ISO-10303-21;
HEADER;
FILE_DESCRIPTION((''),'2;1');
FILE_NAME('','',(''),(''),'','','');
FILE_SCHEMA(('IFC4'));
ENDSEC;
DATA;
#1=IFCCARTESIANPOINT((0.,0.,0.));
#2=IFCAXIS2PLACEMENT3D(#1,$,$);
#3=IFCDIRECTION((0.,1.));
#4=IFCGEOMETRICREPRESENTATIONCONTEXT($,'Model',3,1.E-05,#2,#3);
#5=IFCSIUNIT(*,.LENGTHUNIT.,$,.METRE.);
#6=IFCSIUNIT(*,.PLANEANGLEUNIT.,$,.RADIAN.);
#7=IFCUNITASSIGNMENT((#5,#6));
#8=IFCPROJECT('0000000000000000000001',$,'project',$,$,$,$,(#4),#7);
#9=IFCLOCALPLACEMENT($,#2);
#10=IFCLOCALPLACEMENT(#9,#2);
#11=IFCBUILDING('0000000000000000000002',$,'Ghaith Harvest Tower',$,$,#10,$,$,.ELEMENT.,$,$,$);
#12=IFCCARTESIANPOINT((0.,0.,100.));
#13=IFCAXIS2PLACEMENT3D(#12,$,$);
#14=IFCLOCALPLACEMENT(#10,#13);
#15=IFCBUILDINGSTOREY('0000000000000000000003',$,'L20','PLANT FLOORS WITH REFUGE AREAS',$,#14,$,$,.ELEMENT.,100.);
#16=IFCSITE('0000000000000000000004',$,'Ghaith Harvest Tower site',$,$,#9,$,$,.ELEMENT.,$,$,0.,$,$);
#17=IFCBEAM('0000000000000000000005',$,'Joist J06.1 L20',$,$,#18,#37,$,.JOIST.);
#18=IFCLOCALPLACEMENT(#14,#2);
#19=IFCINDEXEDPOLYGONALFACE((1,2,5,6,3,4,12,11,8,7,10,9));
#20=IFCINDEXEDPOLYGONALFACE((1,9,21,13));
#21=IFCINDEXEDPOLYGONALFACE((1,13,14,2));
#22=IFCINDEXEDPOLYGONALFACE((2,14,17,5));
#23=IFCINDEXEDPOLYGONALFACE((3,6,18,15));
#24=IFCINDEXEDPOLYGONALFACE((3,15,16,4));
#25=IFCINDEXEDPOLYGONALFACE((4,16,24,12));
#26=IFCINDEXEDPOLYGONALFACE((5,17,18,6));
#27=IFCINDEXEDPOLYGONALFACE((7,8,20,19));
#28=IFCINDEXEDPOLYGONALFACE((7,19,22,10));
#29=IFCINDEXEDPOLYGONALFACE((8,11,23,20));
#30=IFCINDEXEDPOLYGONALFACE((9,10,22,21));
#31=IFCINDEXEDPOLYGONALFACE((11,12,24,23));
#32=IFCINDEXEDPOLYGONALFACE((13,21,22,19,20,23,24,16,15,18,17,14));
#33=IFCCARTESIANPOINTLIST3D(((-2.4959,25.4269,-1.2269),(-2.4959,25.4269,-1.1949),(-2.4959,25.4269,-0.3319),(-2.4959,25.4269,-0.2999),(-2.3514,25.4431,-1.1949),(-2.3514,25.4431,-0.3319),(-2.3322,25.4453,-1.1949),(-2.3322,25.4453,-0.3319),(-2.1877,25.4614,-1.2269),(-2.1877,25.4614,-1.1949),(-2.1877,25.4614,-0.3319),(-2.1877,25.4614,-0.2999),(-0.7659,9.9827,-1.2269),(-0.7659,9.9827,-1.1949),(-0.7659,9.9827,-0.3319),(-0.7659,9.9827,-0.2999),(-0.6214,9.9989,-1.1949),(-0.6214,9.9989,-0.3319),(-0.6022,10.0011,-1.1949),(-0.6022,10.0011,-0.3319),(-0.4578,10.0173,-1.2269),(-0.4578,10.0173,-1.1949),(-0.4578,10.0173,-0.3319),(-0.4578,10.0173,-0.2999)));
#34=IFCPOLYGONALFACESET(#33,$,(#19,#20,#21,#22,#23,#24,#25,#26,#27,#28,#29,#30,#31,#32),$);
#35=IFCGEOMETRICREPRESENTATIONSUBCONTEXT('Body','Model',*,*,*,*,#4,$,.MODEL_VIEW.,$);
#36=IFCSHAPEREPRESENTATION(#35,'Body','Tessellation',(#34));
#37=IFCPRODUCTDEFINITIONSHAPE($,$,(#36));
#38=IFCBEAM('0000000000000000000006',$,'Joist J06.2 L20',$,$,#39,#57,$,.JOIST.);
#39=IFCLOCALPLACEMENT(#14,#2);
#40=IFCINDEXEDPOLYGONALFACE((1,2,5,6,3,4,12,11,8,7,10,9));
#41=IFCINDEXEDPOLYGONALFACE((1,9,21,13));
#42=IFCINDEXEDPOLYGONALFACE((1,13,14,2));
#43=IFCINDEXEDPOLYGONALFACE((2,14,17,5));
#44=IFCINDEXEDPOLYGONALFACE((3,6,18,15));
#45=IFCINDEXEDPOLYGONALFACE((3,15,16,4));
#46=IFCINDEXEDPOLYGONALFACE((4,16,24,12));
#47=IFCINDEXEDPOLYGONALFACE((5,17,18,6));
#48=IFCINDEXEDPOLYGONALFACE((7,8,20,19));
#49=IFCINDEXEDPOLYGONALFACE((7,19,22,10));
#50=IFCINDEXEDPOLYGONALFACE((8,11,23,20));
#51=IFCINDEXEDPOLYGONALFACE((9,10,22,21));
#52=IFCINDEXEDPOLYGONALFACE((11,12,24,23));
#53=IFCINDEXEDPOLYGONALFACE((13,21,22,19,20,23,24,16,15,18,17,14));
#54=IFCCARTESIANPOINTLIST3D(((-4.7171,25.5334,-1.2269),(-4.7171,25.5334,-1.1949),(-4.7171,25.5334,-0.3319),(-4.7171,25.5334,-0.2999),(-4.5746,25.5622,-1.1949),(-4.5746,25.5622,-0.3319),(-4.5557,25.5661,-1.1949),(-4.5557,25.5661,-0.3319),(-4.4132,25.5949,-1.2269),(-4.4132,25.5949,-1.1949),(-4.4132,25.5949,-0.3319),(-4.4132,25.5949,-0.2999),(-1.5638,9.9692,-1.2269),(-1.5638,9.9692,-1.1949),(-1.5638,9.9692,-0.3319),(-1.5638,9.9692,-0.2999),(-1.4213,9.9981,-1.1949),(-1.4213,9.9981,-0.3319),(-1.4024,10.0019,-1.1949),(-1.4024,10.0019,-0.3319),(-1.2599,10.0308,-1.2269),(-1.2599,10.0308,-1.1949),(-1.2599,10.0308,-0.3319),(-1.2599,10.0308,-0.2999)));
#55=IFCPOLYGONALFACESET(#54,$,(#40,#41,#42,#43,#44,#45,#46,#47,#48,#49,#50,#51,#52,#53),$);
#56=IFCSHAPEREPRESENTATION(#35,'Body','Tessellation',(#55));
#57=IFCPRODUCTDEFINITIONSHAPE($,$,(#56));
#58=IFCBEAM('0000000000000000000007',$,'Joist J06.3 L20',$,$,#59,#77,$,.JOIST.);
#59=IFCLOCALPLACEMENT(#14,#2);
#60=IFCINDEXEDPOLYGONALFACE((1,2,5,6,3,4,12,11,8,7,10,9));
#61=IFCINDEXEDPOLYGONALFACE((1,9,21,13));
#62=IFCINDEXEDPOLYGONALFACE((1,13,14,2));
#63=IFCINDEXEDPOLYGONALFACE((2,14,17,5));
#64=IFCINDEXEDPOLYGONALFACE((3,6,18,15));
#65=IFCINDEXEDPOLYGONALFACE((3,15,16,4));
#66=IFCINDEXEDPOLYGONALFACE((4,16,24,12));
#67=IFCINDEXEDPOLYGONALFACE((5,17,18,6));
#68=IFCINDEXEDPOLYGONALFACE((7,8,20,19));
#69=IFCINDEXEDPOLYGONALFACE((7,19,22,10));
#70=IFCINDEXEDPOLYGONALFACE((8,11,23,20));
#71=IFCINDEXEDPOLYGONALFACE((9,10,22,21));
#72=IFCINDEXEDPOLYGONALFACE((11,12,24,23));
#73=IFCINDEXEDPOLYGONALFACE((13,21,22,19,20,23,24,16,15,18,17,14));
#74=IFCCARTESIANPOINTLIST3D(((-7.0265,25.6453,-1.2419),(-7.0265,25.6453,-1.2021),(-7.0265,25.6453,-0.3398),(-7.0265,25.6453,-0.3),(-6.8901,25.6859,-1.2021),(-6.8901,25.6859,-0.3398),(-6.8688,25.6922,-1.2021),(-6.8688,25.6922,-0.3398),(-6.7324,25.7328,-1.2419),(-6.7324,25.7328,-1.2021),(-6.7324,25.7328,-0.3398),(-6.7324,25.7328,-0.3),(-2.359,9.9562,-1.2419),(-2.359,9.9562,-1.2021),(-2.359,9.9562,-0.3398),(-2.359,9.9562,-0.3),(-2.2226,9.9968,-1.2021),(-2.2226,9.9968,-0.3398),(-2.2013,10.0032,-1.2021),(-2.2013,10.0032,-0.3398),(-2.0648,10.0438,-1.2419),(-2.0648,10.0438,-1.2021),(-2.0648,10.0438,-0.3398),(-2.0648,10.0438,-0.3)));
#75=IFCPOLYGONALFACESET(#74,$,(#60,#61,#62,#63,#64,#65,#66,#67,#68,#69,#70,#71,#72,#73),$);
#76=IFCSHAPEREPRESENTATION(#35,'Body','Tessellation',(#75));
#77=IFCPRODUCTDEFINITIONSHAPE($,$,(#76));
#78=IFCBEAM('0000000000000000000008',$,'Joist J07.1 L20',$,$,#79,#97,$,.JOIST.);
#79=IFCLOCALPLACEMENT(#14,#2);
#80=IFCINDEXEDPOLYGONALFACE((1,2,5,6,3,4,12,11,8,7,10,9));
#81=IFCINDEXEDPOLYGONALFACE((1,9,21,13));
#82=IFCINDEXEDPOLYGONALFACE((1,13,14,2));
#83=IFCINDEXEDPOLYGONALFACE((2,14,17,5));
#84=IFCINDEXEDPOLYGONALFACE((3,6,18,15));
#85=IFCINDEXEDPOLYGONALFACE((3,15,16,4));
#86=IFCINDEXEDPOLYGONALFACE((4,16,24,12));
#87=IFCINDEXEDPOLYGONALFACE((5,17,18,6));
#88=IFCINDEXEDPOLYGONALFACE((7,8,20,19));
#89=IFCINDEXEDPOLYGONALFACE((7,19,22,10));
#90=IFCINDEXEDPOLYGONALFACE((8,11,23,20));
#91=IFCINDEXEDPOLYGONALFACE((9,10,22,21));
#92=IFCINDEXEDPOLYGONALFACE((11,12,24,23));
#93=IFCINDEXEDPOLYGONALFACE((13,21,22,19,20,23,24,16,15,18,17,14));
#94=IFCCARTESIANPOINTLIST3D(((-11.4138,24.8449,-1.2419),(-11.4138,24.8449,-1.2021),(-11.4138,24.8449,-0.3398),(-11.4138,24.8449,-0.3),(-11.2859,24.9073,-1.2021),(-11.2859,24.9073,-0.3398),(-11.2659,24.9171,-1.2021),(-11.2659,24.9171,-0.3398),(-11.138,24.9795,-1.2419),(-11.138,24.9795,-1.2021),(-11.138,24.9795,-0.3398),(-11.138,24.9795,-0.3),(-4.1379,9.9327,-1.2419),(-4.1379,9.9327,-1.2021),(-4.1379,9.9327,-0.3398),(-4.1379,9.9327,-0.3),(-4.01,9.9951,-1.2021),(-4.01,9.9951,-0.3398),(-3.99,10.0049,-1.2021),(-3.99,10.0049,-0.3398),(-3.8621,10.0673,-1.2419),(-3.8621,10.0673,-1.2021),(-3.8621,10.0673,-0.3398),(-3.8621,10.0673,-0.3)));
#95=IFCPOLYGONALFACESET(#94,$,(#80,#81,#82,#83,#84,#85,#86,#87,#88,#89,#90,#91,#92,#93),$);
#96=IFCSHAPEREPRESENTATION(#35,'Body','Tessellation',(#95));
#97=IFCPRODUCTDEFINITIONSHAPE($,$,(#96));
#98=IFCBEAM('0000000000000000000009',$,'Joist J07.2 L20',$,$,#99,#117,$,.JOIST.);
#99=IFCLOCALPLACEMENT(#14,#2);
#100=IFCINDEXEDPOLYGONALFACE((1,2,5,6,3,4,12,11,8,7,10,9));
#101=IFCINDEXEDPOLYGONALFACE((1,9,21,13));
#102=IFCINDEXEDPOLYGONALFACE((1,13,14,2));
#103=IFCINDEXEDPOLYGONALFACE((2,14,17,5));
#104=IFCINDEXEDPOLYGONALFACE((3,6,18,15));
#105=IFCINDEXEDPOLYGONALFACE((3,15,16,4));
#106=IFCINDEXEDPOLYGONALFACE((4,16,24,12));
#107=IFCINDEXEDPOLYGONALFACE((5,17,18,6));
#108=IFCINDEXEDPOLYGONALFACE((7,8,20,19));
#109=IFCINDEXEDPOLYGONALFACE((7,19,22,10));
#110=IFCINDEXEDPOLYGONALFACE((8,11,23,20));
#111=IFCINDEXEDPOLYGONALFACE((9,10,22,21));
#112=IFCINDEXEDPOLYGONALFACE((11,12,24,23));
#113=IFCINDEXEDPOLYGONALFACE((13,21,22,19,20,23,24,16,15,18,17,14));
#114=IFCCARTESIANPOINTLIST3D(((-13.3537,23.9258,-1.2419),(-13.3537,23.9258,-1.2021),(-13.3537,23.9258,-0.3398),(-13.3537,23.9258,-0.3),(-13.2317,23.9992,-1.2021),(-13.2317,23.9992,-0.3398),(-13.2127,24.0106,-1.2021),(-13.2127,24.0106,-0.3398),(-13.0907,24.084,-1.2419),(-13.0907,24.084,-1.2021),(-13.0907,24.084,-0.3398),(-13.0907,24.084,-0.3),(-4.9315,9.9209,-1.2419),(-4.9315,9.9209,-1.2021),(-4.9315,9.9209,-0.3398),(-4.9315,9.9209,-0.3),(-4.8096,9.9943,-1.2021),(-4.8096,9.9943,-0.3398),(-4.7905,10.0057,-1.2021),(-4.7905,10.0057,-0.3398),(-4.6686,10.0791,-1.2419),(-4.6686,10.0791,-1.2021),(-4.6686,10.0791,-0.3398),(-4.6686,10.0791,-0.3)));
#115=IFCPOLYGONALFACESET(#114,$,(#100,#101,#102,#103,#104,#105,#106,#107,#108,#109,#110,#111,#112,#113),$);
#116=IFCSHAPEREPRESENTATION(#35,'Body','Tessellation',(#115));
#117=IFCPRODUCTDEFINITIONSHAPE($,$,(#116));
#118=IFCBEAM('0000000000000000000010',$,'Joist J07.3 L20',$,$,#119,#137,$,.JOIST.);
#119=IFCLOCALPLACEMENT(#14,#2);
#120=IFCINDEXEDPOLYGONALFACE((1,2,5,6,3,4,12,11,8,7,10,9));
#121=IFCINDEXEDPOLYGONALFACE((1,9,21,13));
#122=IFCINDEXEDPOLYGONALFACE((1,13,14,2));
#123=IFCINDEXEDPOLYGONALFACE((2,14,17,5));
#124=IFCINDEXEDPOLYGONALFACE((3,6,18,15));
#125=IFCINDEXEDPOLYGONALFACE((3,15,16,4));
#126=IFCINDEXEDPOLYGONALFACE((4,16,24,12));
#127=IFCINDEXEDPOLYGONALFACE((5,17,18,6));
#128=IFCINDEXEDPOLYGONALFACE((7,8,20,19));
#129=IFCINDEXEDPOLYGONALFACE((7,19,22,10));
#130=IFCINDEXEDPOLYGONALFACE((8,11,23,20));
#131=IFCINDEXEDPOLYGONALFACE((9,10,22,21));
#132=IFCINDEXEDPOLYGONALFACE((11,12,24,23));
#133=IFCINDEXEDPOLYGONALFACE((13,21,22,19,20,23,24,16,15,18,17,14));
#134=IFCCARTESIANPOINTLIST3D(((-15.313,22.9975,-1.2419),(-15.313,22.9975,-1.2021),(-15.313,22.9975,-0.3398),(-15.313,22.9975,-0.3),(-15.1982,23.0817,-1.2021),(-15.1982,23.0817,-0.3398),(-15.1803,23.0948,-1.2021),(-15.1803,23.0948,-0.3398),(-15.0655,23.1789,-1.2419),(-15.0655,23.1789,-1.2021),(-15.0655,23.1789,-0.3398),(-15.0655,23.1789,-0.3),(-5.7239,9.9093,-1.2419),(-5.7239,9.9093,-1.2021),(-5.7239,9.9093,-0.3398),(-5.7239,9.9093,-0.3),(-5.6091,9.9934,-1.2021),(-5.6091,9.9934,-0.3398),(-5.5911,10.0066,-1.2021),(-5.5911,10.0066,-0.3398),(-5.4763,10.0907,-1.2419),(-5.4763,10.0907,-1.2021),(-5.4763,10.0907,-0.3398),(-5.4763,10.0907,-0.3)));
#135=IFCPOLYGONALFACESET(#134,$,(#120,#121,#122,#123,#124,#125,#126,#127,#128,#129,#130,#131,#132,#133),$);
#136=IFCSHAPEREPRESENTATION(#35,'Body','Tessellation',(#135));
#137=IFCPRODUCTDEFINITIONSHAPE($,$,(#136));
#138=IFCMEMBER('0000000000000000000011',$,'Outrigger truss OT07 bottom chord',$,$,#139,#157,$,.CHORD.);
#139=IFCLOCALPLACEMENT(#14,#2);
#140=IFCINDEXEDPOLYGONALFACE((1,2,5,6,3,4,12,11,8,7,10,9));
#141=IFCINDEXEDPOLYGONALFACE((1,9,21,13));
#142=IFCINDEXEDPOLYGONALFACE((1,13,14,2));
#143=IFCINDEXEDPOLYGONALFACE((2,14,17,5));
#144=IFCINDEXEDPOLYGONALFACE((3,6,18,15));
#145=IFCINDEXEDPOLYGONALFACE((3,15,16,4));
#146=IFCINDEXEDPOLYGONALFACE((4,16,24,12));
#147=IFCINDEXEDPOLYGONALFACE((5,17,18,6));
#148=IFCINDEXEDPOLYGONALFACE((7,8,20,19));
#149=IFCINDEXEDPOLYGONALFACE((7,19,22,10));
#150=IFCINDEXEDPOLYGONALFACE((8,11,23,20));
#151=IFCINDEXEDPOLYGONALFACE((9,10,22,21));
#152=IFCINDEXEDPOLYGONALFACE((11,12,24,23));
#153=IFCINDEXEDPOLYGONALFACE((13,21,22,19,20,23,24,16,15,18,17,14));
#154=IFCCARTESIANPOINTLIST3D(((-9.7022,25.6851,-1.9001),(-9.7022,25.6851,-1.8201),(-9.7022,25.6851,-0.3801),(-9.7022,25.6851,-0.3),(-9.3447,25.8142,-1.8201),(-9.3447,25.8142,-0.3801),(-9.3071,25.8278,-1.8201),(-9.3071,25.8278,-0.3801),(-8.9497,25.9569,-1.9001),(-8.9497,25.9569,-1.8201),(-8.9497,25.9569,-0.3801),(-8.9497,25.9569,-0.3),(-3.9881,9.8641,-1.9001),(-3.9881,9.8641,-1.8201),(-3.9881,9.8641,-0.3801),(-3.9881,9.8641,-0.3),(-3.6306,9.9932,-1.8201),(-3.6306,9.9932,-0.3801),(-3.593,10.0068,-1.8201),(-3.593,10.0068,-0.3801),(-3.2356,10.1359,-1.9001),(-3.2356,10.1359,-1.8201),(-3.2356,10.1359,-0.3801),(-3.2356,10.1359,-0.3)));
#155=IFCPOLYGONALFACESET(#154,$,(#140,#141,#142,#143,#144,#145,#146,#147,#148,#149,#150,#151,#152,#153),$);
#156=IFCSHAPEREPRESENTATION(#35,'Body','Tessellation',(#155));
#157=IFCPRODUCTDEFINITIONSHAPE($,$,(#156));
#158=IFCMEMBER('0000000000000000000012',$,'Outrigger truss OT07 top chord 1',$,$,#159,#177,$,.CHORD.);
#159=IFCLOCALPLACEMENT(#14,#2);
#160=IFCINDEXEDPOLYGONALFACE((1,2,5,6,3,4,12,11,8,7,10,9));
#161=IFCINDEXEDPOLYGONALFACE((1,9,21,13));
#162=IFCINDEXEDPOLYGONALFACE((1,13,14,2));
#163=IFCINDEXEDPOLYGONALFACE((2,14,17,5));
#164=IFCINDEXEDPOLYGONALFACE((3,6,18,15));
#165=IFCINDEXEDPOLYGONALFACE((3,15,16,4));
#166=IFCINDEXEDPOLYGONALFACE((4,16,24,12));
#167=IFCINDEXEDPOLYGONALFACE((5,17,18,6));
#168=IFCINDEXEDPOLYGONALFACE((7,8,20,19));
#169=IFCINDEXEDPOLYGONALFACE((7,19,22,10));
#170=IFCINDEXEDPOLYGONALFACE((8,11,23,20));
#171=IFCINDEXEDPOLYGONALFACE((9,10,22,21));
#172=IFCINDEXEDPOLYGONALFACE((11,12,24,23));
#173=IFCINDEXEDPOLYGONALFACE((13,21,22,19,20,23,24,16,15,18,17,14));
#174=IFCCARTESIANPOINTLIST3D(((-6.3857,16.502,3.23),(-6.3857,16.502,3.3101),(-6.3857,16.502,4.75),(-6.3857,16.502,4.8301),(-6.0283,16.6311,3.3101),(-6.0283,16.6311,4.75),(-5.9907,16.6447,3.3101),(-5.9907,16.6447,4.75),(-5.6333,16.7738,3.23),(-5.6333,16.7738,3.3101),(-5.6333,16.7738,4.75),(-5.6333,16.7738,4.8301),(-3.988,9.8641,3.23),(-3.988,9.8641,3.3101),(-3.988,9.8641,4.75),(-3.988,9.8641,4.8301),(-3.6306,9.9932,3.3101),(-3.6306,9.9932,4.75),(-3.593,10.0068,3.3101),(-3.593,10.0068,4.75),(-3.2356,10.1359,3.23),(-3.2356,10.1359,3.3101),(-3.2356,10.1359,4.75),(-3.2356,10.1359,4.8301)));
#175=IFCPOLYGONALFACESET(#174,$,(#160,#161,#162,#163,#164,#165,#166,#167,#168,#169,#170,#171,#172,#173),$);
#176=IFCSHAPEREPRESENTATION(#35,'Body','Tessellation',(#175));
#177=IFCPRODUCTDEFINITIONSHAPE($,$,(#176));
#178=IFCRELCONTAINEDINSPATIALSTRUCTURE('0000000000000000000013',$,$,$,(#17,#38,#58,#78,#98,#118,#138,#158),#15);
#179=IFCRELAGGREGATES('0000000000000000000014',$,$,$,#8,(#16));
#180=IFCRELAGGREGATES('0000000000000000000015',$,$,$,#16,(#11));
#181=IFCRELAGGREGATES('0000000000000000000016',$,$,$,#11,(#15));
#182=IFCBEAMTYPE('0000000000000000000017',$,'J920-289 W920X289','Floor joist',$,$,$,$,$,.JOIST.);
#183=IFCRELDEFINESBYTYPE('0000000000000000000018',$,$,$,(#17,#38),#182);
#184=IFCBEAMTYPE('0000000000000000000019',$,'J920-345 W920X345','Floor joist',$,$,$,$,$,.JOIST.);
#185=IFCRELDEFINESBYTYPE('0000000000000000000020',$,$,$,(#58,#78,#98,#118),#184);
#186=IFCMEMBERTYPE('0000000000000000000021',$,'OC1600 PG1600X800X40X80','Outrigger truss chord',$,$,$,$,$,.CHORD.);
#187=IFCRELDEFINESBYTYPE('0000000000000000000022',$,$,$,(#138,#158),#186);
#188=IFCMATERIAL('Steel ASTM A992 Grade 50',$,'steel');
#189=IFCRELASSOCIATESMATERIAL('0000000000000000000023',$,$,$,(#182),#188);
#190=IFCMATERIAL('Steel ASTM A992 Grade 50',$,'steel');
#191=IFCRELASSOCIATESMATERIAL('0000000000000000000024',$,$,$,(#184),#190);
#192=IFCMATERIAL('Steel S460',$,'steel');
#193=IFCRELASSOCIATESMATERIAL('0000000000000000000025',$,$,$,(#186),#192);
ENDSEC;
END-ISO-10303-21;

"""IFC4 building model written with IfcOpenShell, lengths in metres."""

from ifc_helpers import new_model, si_unit, direction, frame, origin, origin_2d, place, context, subcontext, project, spatial, i_section, extrude, material, material_profile, profile_set, type_object, element, save


model = new_model("IFC4")

# Units and contexts
model_context = context("Model", 3, precision=1e-05, world=origin(), true_north=direction((0.0, 1.0)))
body_context = subcontext(model_context, "Body", "Model", "MODEL_VIEW")
ifc_project = project(units=[si_unit("LENGTHUNIT", "METRE"), si_unit("PLANEANGLEUNIT", "RADIAN")], contexts=[model_context])

# Site, building, storey
site_placement = place(None, origin())
site = spatial("IfcSite", under=ifc_project, at=site_placement, Name="Ghaith Harvest Tower site", CompositionType="ELEMENT", RefElevation=0.0)
building_placement = place(site_placement, origin())
building = spatial("IfcBuilding", under=site, at=building_placement, Name="Ghaith Harvest Tower", CompositionType="ELEMENT")
storey_placement = place(building_placement, frame((0.0, 0.0, 100.0)))
storey = spatial("IfcBuildingStorey", under=building, at=storey_placement, Name="L20", Description="PLANT FLOORS WITH REFUGE AREAS", CompositionType="ELEMENT", Elevation=100.0)

# Beams
ifc_material_1 = material(Name="Steel ASTM A992 Grade 50", Category="steel")
ifc_material_profile_1 = material_profile(ifc_material_1, i_section(OverallWidth=0.3101, OverallDepth=0.927, WebThickness=0.0193, FlangeThickness=0.032, at=origin_2d()), Name="W920X289")
ifc_profile_set_1 = profile_set([ifc_material_profile_1], Name="Steel ASTM A992 Grade 50")
beam_type_1 = type_object("IfcBeamType", Name="J920-289 W920X289", Description="Floor joist", PredefinedType="JOIST", material=ifc_profile_set_1)
beam_1_placement = place(storey_placement, frame((-0.6118, 10.0, -0.7634), z_axis=(-0.111319, 0.993785, 0.0), x_axis=(-0.993785, -0.111319, 0.0)))
element("IfcBeam", 1, at=beam_1_placement, inside=storey, type_object=beam_type_1, Name="Joist J06.1 L20", PredefinedType="JOIST", context=body_context, shape_type="SweptSolid", body=[
    extrude(i_section(OverallWidth=0.3101, OverallDepth=0.927, WebThickness=0.0193, FlangeThickness=0.032, at=origin_2d()), origin(), (0.0, 0.0, 1.0), 15.5408),
])
beam_2_placement = place(storey_placement, frame((-1.4119, 10.0, -0.7634), z_axis=(-0.198566, 0.980087, 0.0), x_axis=(-0.980087, -0.198566, 0.0)))
element("IfcBeam", 2, at=beam_2_placement, inside=storey, type_object=beam_type_1, Name="Joist J06.2 L20", PredefinedType="JOIST", context=body_context, shape_type="SweptSolid", body=[
    extrude(i_section(OverallWidth=0.3101, OverallDepth=0.927, WebThickness=0.0193, FlangeThickness=0.032, at=origin_2d()), origin(), (0.0, 0.0, 1.0), 15.8804),
])
ifc_material_2 = material(Name="Steel ASTM A992 Grade 50", Category="steel")
ifc_material_profile_2 = material_profile(ifc_material_2, i_section(OverallWidth=0.3069, OverallDepth=0.9419, WebThickness=0.0222, FlangeThickness=0.0398, at=origin_2d()), Name="W920X345")
ifc_profile_set_2 = profile_set([ifc_material_profile_2], Name="Steel ASTM A992 Grade 50")
beam_type_2 = type_object("IfcBeamType", Name="J920-345 W920X345", Description="Floor joist", PredefinedType="JOIST", material=ifc_profile_set_2)
beam_3_placement = place(storey_placement, frame((-2.2119, 10.0, -0.771), z_axis=(-0.28515, 0.958483, 0.0), x_axis=(-0.958483, -0.28515, 0.0)))
element("IfcBeam", 3, at=beam_3_placement, inside=storey, type_object=beam_type_2, Name="Joist J06.3 L20", PredefinedType="JOIST", context=body_context, shape_type="SweptSolid", body=[
    extrude(i_section(OverallWidth=0.3069, OverallDepth=0.9419, WebThickness=0.0222, FlangeThickness=0.0398, at=origin_2d()), origin(), (0.0, 0.0, 1.0), 16.3687),
])
beam_4_placement = place(storey_placement, frame((-4.0, 10.0, -0.771), z_axis=(-0.438505, 0.898729, 0.0), x_axis=(-0.898729, -0.438505, 0.0)))
element("IfcBeam", 4, at=beam_4_placement, inside=storey, type_object=beam_type_2, Name="Joist J07.1 L20", PredefinedType="JOIST", context=body_context, shape_type="SweptSolid", body=[
    extrude(i_section(OverallWidth=0.3069, OverallDepth=0.9419, WebThickness=0.0222, FlangeThickness=0.0398, at=origin_2d()), origin(), (0.0, 0.0, 1.0), 16.5925),
])
beam_5_placement = place(storey_placement, frame((-4.8, 10.0, -0.771), z_axis=(-0.515359, 0.856974, 0.0), x_axis=(-0.856974, -0.515359, 0.0)))
element("IfcBeam", 5, at=beam_5_placement, inside=storey, type_object=beam_type_2, Name="Joist J07.2 L20", PredefinedType="JOIST", context=body_context, shape_type="SweptSolid", body=[
    extrude(i_section(OverallWidth=0.3069, OverallDepth=0.9419, WebThickness=0.0222, FlangeThickness=0.0398, at=origin_2d()), origin(), (0.0, 0.0, 1.0), 16.3423),
])
beam_6_placement = place(storey_placement, frame((-5.6001, 10.0, -0.771), z_axis=(-0.591009, 0.806665, 0.0), x_axis=(-0.806665, -0.591009, 0.0)))
element("IfcBeam", 6, at=beam_6_placement, inside=storey, type_object=beam_type_2, Name="Joist J07.3 L20", PredefinedType="JOIST", context=body_context, shape_type="SweptSolid", body=[
    extrude(i_section(OverallWidth=0.3069, OverallDepth=0.9419, WebThickness=0.0222, FlangeThickness=0.0398, at=origin_2d()), origin(), (0.0, 0.0, 1.0), 16.2251),
])

# Members
ifc_material_3 = material(Name="Steel S460", Category="steel")
ifc_material_profile_3 = material_profile(ifc_material_3, i_section(OverallWidth=0.8, OverallDepth=1.6001, WebThickness=0.04, FlangeThickness=0.0801, at=origin_2d()), Name="PG1600X800X40X80")
ifc_profile_set_3 = profile_set([ifc_material_profile_3], Name="Steel S460")
member_type_1 = type_object("IfcMemberType", Name="OC1600 PG1600X800X40X80", Description="Outrigger truss chord", PredefinedType="CHORD", material=ifc_profile_set_3)
member_1_placement = place(storey_placement, frame((-3.6118, 10.0, -1.1001), z_axis=(-0.339695, 0.940536, 0.0), x_axis=(-0.940536, -0.339695, 0.0)))
element("IfcMember", 7, at=member_1_placement, inside=storey, type_object=member_type_1, Name="Outrigger truss OT07 bottom chord", PredefinedType="CHORD", context=body_context, shape_type="SweptSolid", body=[
    extrude(i_section(OverallWidth=0.8, OverallDepth=1.6001, WebThickness=0.04, FlangeThickness=0.0801, at=origin_2d()), origin(), (0.0, 0.0, 1.0), 16.8213),
])
member_2_placement = place(storey_placement, frame((-3.6118, 10.0, 4.03), z_axis=(-0.339729, 0.940524, 0.0), x_axis=(-0.940524, -0.339729, 0.0)))
element("IfcMember", 8, at=member_2_placement, inside=storey, type_object=member_type_1, Name="Outrigger truss OT07 top chord 1", PredefinedType="CHORD", context=body_context, shape_type="SweptSolid", body=[
    extrude(i_section(OverallWidth=0.8, OverallDepth=1.6001, WebThickness=0.04, FlangeThickness=0.0801, at=origin_2d()), origin(), (0.0, 0.0, 1.0), 7.0576),
])

save(model, "model.ifc")
